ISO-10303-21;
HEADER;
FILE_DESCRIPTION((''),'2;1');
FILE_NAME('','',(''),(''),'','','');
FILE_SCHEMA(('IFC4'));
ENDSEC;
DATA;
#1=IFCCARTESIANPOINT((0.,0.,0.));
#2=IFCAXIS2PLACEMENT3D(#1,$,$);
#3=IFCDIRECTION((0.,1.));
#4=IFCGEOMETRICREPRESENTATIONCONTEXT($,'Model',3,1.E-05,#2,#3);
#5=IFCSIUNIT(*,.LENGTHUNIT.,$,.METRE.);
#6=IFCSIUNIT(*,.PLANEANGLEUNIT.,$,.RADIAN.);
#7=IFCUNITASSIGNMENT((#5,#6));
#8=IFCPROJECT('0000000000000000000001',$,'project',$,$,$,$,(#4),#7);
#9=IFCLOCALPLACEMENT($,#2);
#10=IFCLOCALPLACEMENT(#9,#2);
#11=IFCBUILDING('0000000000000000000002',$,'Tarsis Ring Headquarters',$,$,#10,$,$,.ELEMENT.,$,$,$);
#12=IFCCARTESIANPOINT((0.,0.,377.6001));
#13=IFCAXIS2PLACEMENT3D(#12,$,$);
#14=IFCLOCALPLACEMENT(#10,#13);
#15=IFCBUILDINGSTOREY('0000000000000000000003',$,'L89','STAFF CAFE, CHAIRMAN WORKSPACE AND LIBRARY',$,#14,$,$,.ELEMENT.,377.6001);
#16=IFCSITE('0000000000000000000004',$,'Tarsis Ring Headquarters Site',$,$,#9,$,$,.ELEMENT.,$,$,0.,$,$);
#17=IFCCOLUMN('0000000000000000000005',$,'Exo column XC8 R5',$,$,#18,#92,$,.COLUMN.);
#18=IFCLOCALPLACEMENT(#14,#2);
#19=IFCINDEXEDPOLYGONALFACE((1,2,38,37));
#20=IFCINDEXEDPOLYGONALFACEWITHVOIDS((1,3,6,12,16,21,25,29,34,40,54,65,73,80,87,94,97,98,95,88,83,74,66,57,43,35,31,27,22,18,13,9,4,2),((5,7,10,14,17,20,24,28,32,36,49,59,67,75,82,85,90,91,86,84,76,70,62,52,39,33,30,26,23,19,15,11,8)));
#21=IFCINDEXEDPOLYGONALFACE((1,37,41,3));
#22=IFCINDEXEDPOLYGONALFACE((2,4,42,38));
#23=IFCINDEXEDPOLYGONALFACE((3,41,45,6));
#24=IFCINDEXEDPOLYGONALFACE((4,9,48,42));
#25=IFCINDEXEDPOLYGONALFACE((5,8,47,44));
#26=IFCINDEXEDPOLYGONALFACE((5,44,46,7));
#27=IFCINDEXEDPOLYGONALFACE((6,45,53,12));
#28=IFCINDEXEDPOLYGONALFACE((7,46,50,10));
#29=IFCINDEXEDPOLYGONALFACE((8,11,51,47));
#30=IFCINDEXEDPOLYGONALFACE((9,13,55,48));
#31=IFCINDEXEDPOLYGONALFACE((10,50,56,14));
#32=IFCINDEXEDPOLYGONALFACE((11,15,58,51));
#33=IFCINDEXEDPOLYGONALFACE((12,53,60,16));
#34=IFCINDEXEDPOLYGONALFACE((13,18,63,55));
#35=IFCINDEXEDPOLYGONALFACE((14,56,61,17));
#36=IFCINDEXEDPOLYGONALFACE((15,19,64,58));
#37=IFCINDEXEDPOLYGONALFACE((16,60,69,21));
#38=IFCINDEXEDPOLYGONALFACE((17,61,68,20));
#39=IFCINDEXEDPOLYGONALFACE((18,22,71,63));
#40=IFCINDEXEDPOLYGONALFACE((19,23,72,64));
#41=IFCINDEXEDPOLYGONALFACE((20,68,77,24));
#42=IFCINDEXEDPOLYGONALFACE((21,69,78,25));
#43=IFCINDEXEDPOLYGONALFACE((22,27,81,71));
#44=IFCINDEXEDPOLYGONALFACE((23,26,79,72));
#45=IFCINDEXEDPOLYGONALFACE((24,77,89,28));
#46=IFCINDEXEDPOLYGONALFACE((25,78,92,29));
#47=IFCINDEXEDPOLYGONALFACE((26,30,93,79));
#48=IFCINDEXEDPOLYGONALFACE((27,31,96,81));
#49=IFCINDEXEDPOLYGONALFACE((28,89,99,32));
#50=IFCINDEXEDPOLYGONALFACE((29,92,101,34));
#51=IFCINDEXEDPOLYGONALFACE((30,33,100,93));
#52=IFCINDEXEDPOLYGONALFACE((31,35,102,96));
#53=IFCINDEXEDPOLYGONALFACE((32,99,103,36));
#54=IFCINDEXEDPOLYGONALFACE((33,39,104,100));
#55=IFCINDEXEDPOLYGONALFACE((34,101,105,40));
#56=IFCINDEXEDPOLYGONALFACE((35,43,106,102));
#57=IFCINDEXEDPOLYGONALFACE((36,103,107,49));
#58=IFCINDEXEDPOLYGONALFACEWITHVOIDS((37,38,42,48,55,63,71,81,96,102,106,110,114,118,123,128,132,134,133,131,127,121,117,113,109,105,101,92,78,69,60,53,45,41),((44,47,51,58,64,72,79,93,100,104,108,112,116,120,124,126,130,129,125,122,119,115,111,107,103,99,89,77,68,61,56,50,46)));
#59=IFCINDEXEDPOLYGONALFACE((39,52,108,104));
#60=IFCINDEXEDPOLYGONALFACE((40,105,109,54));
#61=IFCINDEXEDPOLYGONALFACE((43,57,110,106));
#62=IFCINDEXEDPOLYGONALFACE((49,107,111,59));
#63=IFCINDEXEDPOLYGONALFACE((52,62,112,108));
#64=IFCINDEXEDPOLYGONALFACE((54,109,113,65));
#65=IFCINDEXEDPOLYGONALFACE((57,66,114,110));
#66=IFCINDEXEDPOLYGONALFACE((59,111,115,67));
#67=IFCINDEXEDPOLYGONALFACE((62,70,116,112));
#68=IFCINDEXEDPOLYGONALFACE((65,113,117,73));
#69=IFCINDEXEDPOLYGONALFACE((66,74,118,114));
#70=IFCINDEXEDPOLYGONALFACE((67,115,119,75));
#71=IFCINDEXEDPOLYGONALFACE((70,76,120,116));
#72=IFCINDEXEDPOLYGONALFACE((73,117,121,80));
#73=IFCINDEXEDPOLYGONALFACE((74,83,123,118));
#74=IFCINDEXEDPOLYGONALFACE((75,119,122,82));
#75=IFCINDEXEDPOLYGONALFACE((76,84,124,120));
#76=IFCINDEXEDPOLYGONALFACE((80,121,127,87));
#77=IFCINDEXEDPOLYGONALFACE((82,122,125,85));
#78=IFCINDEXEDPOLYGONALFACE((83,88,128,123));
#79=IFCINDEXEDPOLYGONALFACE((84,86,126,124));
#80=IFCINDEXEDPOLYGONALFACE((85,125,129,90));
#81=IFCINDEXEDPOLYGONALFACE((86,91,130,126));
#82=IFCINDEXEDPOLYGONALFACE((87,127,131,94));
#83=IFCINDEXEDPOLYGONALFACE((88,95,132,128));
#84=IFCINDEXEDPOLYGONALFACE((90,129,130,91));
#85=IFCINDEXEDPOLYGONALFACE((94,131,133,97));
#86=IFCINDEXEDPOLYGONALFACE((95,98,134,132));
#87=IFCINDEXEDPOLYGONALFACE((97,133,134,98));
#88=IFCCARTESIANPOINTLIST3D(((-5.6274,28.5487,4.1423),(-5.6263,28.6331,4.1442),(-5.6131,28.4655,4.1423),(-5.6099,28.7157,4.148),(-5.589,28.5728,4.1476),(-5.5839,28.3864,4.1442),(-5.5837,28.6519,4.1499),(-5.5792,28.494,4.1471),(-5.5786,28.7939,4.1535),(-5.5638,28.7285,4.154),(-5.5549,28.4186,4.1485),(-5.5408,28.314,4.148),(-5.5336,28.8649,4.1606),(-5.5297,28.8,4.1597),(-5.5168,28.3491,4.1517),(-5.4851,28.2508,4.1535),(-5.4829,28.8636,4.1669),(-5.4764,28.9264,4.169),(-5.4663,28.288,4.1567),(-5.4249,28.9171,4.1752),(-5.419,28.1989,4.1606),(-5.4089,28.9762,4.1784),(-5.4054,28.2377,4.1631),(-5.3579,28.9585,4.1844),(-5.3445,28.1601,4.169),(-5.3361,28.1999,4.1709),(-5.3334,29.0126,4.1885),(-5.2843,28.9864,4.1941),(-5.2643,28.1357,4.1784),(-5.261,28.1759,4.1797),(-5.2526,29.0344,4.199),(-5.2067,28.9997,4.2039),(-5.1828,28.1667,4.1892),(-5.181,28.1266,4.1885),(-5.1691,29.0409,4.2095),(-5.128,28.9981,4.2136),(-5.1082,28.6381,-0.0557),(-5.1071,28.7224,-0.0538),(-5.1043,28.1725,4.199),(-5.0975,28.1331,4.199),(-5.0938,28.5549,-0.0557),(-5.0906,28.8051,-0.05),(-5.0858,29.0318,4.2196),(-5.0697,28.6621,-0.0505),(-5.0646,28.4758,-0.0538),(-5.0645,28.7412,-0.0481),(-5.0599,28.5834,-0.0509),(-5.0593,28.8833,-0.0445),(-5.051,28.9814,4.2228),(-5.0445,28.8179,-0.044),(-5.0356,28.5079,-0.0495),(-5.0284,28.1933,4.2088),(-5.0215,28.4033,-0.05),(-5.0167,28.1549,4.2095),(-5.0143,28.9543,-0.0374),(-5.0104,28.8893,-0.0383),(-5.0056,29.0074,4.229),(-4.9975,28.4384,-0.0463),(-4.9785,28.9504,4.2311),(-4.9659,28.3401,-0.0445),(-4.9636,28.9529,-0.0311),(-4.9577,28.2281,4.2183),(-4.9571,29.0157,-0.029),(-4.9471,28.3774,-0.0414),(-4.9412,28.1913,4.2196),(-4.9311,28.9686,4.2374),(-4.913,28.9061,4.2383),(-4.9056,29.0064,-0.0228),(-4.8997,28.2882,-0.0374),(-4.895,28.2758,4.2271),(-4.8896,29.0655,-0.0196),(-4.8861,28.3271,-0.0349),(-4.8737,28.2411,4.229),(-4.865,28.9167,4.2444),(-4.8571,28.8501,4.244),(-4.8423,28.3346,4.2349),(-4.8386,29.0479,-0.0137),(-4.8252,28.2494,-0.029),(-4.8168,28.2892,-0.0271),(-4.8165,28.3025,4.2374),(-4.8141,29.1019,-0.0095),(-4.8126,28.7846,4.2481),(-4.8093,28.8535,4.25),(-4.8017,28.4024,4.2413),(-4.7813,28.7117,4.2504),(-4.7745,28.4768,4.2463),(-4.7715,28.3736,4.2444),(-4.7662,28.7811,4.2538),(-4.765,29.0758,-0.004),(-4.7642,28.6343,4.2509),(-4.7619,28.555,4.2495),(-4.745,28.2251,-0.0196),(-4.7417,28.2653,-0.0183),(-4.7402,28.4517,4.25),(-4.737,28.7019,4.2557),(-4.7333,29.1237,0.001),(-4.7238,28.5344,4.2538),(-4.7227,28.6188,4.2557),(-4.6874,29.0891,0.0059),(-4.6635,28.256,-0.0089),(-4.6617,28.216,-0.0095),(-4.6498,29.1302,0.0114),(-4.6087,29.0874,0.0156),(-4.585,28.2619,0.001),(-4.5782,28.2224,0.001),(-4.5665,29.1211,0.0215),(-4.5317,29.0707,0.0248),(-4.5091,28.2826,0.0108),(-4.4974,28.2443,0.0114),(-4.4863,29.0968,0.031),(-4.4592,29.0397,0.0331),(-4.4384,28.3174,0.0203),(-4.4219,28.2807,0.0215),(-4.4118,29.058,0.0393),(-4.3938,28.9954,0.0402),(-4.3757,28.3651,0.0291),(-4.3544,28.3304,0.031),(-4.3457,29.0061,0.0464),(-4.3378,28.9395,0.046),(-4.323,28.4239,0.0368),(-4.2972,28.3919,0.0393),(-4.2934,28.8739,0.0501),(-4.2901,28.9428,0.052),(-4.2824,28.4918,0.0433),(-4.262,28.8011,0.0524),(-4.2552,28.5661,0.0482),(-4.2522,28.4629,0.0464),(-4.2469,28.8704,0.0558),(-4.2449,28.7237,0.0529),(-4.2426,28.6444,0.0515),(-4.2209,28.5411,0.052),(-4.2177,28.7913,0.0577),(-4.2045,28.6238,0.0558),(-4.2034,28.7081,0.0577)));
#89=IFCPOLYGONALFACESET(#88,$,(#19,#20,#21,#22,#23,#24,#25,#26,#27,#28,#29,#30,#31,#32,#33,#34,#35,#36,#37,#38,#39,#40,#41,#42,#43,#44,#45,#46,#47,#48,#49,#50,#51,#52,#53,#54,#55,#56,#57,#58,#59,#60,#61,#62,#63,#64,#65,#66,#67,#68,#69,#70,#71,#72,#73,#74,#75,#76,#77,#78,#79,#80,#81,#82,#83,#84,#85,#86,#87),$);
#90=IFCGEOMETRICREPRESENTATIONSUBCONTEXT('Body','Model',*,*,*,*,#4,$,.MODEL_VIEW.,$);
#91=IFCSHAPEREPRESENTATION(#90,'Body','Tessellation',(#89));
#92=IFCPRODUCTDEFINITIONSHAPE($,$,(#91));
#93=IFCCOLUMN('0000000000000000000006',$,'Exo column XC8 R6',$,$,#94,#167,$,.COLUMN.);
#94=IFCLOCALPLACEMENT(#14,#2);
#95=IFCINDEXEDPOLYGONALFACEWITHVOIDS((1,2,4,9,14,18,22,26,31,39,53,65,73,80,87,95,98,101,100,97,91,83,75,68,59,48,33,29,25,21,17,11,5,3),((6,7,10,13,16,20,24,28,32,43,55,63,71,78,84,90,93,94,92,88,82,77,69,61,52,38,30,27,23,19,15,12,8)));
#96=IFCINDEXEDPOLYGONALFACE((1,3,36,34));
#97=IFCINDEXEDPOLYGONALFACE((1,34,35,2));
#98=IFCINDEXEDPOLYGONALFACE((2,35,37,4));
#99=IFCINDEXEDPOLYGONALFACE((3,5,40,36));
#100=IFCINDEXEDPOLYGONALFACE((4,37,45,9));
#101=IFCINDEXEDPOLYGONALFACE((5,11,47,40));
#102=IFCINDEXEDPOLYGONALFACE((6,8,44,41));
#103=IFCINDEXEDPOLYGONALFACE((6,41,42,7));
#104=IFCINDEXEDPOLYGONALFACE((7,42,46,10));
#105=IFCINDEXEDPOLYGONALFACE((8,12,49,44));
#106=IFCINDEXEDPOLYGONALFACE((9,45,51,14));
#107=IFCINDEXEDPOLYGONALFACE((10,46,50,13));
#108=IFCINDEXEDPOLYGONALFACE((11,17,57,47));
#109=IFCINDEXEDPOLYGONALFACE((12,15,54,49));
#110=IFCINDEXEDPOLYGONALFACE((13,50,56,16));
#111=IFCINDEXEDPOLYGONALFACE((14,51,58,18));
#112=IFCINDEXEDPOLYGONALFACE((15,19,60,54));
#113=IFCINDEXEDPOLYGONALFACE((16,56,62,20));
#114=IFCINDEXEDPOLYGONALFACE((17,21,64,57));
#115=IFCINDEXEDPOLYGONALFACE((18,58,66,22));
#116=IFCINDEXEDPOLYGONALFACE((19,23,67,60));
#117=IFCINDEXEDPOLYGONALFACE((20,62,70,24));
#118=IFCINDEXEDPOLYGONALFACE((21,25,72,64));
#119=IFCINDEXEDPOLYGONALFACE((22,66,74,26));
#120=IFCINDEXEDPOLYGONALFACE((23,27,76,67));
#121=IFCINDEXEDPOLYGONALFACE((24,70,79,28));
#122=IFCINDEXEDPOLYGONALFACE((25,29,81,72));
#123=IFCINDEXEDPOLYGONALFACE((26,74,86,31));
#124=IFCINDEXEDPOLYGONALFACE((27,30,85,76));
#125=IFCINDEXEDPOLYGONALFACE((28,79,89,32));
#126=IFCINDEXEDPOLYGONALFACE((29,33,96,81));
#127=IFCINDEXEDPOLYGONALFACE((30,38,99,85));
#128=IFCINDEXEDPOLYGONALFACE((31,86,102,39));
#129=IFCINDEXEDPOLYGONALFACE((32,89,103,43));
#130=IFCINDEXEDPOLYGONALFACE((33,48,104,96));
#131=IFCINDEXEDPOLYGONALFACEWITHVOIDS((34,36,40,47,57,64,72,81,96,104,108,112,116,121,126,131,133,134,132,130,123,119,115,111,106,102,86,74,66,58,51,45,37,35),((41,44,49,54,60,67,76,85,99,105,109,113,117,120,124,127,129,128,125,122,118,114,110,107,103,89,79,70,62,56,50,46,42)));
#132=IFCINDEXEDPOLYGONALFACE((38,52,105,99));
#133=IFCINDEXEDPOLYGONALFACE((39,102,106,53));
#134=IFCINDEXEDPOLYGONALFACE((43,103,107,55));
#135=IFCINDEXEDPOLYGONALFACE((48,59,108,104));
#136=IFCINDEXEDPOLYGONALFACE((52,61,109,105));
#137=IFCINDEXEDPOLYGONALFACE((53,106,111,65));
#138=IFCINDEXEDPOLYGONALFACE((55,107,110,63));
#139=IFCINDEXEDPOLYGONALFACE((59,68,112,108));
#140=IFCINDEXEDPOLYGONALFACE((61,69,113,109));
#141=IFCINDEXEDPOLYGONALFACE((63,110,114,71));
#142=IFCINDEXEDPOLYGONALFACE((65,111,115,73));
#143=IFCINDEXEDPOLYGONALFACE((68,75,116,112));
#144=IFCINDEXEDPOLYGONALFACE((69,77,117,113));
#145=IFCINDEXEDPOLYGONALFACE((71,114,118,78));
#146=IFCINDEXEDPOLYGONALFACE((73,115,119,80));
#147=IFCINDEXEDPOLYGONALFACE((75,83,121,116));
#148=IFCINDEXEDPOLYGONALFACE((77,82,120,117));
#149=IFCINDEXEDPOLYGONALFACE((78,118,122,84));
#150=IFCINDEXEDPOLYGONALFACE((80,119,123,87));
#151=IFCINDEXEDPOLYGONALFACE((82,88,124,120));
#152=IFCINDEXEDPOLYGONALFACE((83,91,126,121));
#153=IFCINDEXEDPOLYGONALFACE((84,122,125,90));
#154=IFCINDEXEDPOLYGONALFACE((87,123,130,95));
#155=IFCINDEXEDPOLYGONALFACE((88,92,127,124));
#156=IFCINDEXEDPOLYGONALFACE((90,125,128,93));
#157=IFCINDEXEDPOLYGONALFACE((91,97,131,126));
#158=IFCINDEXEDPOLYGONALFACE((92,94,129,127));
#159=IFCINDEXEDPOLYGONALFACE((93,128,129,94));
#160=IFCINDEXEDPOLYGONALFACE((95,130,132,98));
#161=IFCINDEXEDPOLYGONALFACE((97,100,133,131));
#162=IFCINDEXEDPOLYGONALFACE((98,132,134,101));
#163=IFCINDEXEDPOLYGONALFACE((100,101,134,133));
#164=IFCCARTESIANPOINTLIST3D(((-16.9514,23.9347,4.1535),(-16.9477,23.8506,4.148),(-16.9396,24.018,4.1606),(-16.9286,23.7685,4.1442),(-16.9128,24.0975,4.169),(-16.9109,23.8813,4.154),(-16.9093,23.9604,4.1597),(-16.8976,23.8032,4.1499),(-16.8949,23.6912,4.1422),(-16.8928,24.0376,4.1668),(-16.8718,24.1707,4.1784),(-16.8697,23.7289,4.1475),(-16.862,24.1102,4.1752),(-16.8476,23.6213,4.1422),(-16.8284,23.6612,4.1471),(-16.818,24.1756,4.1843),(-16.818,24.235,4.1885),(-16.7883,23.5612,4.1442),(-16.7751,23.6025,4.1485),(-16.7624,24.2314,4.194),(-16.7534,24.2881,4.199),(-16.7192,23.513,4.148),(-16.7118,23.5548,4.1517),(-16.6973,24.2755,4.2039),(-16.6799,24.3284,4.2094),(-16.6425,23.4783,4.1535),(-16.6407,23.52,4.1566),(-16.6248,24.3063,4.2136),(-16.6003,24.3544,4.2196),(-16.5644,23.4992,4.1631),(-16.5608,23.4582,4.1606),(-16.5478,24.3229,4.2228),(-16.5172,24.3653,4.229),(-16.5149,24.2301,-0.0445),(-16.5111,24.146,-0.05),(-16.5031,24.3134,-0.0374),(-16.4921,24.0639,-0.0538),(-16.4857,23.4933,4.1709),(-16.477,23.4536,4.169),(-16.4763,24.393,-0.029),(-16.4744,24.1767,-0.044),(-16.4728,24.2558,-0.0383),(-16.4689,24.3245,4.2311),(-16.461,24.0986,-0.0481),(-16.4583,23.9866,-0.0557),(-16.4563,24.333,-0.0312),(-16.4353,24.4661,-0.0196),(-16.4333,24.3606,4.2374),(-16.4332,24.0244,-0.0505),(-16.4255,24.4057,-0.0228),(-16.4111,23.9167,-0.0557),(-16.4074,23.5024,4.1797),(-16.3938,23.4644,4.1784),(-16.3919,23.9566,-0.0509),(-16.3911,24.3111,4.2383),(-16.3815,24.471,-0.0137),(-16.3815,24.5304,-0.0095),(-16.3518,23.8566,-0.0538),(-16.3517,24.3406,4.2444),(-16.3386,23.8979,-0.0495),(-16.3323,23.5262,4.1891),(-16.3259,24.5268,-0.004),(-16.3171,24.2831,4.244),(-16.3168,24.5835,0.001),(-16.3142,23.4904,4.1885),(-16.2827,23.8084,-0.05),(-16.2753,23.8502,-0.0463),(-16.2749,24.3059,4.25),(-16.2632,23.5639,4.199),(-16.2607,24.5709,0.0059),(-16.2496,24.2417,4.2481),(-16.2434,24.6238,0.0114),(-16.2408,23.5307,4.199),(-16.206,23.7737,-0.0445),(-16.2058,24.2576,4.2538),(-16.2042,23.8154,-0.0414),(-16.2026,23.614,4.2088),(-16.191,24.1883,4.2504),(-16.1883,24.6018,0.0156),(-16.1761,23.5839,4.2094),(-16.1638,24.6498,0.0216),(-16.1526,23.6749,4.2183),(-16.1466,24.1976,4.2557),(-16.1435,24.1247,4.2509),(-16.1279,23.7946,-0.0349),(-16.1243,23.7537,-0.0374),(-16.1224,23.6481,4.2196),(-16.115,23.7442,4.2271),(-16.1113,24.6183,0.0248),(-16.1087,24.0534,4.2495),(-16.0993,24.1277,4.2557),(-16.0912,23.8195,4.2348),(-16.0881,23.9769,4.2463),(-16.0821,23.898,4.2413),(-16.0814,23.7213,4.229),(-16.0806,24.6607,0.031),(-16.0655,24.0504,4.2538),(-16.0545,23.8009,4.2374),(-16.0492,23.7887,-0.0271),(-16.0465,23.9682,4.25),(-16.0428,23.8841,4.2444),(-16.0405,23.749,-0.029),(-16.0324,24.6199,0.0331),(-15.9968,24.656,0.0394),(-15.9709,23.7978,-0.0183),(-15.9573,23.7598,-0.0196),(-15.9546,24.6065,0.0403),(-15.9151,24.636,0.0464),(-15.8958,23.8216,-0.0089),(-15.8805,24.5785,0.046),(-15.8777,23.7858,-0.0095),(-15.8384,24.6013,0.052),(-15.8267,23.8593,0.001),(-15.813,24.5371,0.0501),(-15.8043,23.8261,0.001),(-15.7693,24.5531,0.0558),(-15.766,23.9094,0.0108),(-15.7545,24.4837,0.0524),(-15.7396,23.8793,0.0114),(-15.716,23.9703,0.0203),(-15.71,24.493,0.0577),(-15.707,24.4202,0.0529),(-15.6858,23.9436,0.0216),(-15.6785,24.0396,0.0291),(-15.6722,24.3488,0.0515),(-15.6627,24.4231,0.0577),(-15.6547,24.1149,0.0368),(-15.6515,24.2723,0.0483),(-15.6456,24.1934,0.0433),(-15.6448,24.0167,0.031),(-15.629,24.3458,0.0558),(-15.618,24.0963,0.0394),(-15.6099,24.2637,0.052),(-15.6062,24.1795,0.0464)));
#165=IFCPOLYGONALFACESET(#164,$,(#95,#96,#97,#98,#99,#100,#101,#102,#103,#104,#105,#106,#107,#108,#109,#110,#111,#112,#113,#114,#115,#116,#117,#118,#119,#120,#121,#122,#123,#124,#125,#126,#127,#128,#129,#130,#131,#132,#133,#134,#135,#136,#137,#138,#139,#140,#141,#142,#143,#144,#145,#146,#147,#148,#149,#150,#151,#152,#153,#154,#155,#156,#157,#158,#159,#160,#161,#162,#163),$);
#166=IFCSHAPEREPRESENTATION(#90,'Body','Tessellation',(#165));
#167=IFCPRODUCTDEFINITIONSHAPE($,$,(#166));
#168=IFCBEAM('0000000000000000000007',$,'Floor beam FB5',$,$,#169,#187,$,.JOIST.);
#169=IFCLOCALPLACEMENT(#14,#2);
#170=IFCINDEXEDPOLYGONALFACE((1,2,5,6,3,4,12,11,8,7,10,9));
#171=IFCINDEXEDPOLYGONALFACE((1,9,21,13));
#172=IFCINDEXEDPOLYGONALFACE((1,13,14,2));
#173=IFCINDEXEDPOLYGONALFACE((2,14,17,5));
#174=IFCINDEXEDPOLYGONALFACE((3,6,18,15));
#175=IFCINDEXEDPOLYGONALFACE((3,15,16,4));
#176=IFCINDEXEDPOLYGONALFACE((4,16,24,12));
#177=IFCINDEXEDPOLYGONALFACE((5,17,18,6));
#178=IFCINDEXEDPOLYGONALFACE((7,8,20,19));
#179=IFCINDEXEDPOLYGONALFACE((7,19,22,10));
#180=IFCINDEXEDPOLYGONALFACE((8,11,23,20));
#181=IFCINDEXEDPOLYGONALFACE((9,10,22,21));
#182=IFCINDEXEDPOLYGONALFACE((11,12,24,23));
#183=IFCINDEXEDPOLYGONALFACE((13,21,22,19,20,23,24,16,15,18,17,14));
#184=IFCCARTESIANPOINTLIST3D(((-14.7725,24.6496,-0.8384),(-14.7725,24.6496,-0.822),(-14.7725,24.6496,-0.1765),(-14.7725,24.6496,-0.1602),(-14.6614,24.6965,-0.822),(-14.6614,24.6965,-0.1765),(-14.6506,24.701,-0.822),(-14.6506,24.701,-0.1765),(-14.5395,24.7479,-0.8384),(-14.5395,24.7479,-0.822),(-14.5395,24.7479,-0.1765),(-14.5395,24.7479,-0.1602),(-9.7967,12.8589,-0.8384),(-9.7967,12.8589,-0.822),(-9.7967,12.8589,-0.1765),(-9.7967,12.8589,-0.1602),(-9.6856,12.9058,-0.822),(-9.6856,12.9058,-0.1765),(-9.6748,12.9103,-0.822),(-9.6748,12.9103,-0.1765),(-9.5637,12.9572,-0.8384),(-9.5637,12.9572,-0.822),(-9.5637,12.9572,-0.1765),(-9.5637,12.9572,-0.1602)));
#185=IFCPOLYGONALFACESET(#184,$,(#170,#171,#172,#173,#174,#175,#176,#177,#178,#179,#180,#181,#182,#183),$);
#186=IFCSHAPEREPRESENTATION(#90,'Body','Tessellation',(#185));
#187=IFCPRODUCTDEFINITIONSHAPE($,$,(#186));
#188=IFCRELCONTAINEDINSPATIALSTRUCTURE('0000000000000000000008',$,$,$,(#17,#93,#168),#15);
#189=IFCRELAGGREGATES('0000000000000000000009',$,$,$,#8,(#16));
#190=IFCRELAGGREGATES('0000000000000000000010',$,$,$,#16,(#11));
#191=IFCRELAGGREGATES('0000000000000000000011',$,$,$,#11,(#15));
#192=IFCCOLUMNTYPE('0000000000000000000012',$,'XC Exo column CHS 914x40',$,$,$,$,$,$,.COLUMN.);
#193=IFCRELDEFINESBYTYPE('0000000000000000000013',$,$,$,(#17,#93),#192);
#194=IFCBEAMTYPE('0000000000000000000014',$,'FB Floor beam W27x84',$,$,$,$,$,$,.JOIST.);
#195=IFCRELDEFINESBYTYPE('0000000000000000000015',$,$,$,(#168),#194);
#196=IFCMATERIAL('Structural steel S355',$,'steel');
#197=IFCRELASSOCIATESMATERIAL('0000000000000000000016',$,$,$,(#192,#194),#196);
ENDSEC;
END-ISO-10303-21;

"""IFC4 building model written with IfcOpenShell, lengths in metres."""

from ifc_helpers import new_model, si_unit, direction, frame, origin, origin_2d, place, context, subcontext, project, spatial, hollow_circle, i_section, extrude, material, material_profile, profile_set, type_object, element, save


model = new_model("IFC4")

# Units and contexts
model_context = context("Model", 3, precision=1e-05, world=origin(), true_north=direction((0.0, 1.0)))
body_context = subcontext(model_context, "Body", "Model", "MODEL_VIEW")
ifc_project = project(units=[si_unit("LENGTHUNIT", "METRE"), si_unit("PLANEANGLEUNIT", "RADIAN")], contexts=[model_context])

# Site, building, storey
site_placement = place(None, origin())
site = spatial("IfcSite", under=ifc_project, at=site_placement, Name="Tarsis Ring Headquarters Site", CompositionType="ELEMENT", RefElevation=0.0)
building_placement = place(site_placement, origin())
building = spatial("IfcBuilding", under=site, at=building_placement, Name="Tarsis Ring Headquarters", CompositionType="ELEMENT")
storey_placement = place(building_placement, frame((0.0, 0.0, 377.6001)))
storey = spatial("IfcBuildingStorey", under=building, at=storey_placement, Name="L89", Description="STAFF CAFE, CHAIRMAN WORKSPACE AND LIBRARY", CompositionType="ELEMENT", Elevation=377.6001)

# Columns
ifc_material_1 = material(Name="Structural steel S355", Category="steel")
ifc_material_profile_1 = material_profile(ifc_material_1, hollow_circle(Radius=0.457, WallThickness=0.04, at=origin_2d()), Name="CHS 914x40")
ifc_profile_set_1 = profile_set([ifc_material_profile_1], Name="Structural steel S355")
column_type = type_object("IfcColumnType", Name="XC Exo column CHS 914x40", PredefinedType="COLUMN", material=ifc_profile_set_1)
for number, where, z_axis, x_axis, name in (
    (1, (-4.6558, 28.6731, 0.001), (-0.122736, -0.02112, 0.992215), (0.169581, -0.985516, 0.0), "Exo column XC8 R5"),
    (2, (-16.0605, 24.2048, 0.001), (-0.103174, -0.069821, 0.99221), (0.560459, -0.828182, 0.0), "Exo column XC8 R6"),
):
    element("IfcColumn", number, at=place(storey_placement, frame(where, z_axis=z_axis, x_axis=x_axis)), inside=storey, type_object=column_type, Name=name, PredefinedType="COLUMN", context=body_context, shape_type="SweptSolid", body=[
        extrude(hollow_circle(Radius=0.4573, WallThickness=0.04, at=origin_2d()), origin(), (0.0, 0.0, 1.0), 4.231),
    ])

# Beam
ifc_material_profile_2 = material_profile(ifc_material_1, i_section(OverallWidth=0.2529, OverallDepth=0.6782, WebThickness=0.0117, FlangeThickness=0.0164, at=origin_2d()), Name="W27x84")
ifc_profile_set_2 = profile_set([ifc_material_profile_2], Name="Structural steel S355")
beam_type_1 = type_object("IfcBeamType", Name="FB Floor beam W27x84", PredefinedType="JOIST", material=ifc_profile_set_2)
beam_1_placement = place(storey_placement, frame((-14.656, 24.6987, -0.4993), z_axis=(0.388807, -0.921319, 0.0), x_axis=(0.921319, 0.388807, 0.0)))
element("IfcBeam", 3, at=beam_1_placement, inside=storey, type_object=beam_type_1, Name="Floor beam FB5", PredefinedType="JOIST", context=body_context, shape_type="SweptSolid", body=[
    extrude(i_section(OverallWidth=0.2529, OverallDepth=0.6782, WebThickness=0.0117, FlangeThickness=0.0164, at=origin_2d()), origin(), (0.0, 0.0, 1.0), 12.7976),
])

save(model, "model.ifc")
